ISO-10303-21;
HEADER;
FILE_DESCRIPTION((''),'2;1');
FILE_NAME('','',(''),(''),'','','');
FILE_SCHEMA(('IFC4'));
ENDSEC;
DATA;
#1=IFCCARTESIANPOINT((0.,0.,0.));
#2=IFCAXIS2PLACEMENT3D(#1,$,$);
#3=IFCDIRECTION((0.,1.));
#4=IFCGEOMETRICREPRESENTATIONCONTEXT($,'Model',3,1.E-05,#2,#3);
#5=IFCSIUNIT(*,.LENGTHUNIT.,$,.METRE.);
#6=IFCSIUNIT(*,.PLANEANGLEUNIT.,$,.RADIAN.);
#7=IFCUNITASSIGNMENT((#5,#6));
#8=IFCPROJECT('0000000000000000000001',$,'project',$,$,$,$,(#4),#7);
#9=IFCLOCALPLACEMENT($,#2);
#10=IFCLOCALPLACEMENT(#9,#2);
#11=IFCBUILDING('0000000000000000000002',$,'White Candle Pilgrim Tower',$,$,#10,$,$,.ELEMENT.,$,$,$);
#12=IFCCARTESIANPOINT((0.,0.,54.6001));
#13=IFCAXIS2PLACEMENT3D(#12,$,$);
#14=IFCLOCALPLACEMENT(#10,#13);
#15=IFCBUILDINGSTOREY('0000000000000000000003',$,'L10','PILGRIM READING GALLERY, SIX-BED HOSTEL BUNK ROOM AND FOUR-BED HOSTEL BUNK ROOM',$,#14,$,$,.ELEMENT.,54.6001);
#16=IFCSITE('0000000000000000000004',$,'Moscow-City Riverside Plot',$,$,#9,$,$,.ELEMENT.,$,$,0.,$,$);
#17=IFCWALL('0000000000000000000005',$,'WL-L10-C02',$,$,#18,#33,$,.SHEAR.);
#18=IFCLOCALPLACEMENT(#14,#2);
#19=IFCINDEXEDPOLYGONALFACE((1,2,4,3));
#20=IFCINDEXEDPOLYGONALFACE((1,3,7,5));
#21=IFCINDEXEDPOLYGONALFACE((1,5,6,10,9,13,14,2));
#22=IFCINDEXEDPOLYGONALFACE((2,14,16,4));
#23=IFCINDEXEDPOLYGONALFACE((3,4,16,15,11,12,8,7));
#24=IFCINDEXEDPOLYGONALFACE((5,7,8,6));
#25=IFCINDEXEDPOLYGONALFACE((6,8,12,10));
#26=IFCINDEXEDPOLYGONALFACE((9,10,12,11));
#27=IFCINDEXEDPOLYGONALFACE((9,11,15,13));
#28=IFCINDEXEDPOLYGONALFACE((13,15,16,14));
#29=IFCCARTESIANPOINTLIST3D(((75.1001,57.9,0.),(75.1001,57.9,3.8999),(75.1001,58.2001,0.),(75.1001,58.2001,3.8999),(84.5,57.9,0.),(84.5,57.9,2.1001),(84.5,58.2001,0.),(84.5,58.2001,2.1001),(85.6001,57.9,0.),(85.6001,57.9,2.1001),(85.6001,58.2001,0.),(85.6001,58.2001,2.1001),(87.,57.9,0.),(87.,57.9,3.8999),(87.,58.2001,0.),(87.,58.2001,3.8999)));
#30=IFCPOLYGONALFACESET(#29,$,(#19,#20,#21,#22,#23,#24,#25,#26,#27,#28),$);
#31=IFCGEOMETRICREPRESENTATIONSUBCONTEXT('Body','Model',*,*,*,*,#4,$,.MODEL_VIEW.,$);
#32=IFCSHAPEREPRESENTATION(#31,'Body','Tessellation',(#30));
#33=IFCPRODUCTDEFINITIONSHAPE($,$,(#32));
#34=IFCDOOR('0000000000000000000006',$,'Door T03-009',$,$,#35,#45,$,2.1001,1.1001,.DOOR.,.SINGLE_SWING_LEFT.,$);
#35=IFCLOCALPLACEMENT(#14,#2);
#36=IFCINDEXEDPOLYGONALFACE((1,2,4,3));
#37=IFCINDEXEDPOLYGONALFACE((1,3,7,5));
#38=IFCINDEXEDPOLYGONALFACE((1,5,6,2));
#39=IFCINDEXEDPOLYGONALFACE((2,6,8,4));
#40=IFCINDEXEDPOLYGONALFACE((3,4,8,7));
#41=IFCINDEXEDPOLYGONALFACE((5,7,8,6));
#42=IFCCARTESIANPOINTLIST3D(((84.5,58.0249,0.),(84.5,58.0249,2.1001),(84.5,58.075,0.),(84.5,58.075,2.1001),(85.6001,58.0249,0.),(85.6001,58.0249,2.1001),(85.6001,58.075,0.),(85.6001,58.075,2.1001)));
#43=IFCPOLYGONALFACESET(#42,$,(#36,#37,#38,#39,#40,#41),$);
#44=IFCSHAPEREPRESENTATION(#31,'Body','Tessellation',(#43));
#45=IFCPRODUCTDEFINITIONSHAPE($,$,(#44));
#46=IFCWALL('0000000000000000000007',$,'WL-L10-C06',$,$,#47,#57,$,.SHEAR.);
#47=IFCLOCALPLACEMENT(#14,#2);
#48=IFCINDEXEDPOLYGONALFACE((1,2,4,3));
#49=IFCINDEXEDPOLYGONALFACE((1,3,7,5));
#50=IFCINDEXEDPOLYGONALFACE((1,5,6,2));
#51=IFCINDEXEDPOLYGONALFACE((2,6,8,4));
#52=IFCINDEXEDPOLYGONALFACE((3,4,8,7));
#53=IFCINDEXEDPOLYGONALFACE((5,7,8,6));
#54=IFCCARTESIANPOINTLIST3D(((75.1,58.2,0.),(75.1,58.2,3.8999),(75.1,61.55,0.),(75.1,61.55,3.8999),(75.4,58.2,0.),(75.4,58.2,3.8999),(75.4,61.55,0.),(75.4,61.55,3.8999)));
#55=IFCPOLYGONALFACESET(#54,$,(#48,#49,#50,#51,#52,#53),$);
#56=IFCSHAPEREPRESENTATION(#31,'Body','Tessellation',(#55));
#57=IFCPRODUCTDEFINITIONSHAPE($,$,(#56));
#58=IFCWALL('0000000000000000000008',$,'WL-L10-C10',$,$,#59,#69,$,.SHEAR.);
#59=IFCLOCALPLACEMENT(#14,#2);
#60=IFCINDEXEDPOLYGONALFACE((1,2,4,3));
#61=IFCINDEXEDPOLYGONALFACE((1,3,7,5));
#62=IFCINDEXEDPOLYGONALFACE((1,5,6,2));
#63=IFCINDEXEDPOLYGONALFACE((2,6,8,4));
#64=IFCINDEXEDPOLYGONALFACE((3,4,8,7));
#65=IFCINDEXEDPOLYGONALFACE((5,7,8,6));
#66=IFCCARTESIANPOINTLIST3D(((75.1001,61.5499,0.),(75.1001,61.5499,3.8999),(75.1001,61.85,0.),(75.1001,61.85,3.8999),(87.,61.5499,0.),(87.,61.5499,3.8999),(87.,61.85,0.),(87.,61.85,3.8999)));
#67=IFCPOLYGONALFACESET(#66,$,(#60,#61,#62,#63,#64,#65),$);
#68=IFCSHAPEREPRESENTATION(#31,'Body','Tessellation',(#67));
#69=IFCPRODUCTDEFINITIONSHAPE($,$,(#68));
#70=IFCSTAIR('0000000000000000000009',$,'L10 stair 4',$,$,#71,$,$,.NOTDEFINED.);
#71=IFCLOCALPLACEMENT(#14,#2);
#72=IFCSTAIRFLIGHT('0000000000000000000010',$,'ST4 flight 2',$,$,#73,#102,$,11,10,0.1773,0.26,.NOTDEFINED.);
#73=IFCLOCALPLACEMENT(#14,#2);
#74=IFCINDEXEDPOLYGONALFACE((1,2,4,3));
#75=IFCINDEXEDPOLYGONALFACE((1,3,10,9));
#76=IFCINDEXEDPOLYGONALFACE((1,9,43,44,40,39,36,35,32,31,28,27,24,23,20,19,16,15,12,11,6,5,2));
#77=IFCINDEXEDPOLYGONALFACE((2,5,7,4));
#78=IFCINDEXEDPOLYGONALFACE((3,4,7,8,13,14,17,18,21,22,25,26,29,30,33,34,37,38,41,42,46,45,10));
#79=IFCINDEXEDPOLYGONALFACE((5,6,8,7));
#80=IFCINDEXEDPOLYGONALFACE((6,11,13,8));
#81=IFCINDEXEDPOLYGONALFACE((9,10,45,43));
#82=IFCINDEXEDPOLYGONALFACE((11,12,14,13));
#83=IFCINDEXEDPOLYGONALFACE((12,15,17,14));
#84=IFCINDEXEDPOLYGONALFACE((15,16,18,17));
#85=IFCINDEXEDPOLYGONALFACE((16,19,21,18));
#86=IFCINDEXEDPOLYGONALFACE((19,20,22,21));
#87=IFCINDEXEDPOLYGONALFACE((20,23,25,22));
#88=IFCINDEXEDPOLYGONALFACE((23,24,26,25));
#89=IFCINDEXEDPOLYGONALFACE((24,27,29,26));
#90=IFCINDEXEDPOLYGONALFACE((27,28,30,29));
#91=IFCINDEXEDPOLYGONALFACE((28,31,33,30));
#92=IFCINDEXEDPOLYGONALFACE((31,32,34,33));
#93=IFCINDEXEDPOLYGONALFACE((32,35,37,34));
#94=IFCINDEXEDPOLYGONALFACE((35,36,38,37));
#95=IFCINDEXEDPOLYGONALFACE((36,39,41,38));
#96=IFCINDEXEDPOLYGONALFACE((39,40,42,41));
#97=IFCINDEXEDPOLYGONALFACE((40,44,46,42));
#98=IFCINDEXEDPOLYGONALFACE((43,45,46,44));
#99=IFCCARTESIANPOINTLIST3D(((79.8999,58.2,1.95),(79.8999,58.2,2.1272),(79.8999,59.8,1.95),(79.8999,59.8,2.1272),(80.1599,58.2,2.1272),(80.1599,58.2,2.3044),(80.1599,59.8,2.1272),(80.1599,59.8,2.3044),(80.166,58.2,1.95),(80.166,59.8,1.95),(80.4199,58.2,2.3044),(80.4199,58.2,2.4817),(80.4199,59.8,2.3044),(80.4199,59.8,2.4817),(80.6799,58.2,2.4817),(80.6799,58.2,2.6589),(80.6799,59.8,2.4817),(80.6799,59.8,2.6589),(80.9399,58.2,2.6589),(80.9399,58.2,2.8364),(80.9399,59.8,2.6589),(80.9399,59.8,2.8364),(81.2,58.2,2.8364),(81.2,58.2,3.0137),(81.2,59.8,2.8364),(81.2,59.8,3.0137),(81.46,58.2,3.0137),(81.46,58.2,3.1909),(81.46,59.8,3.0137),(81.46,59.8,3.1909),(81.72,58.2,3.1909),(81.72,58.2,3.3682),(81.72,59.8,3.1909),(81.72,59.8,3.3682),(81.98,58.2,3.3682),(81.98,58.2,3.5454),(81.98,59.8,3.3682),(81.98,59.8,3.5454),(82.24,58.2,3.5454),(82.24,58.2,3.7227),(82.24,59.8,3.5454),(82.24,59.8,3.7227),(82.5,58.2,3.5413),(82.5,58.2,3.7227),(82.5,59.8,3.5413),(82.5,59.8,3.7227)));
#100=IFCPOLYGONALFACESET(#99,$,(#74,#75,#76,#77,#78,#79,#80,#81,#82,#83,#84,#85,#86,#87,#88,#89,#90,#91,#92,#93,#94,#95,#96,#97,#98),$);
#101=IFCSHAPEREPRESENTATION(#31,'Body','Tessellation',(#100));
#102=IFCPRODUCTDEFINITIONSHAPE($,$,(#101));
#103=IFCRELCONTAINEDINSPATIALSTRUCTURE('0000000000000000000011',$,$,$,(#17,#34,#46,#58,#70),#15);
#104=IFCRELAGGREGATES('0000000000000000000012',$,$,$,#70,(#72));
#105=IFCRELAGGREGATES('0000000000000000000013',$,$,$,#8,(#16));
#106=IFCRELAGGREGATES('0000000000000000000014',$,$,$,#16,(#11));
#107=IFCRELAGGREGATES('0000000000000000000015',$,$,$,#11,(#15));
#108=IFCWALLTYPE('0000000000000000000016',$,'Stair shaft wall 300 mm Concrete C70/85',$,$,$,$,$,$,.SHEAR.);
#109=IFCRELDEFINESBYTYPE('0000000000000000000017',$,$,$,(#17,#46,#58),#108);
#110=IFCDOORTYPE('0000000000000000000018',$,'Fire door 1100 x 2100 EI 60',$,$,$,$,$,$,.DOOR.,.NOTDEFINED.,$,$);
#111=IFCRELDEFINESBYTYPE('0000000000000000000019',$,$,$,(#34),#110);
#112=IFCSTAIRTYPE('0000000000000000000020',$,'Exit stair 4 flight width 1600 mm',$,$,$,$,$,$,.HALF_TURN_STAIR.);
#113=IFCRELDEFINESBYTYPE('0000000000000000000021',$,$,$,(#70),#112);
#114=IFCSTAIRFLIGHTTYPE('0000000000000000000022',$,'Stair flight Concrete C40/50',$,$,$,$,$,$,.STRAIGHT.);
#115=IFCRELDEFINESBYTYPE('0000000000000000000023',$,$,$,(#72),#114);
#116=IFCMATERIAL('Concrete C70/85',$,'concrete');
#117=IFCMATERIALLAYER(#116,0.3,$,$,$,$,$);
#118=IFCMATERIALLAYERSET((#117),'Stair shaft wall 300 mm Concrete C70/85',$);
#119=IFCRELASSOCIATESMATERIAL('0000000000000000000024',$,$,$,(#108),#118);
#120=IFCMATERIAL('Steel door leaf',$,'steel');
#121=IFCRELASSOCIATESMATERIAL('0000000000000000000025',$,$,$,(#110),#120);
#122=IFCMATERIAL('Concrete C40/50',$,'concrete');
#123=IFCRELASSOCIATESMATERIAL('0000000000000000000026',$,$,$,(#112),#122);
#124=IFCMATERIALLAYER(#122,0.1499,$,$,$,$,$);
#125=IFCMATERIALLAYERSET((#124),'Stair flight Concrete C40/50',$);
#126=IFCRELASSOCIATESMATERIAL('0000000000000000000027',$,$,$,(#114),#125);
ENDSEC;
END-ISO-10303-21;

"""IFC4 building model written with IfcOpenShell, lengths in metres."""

from ifc_helpers import new_model, si_unit, direction, frame, frame_2d, origin, place, context, subcontext, project, spatial, polyline, rectangle, outline, extrude, material, layer, layer_set, type_object, element, fill, aggregate, save


model = new_model("IFC4")

# Units and contexts
model_context = context("Model", 3, precision=1e-05, world=origin(), true_north=direction((0.0, 1.0)))
body_context = subcontext(model_context, "Body", "Model", "MODEL_VIEW")
ifc_project = project(units=[si_unit("LENGTHUNIT", "METRE"), si_unit("PLANEANGLEUNIT", "RADIAN")], contexts=[model_context])

# Site, building, storey
site_placement = place(None, origin())
site = spatial("IfcSite", under=ifc_project, at=site_placement, Name="Moscow-City Riverside Plot", CompositionType="ELEMENT", RefElevation=0.0)
building_placement = place(site_placement, origin())
building = spatial("IfcBuilding", under=site, at=building_placement, Name="White Candle Pilgrim Tower", CompositionType="ELEMENT")
storey_placement = place(building_placement, frame((0.0, 0.0, 54.6001)))
storey = spatial("IfcBuildingStorey", under=building, at=storey_placement, Name="L10", Description="PILGRIM READING GALLERY, SIX-BED HOSTEL BUNK ROOM AND FOUR-BED HOSTEL BUNK ROOM", CompositionType="ELEMENT", Elevation=54.6001)

# Wall, opening, door
ifc_material_1 = material(Name="Concrete C70/85", Category="concrete")
ifc_layer_1 = layer(ifc_material_1, 0.3)
ifc_layer_set_1 = layer_set([ifc_layer_1], Name="Stair shaft wall 300 mm Concrete C70/85")
wall_type_1 = type_object("IfcWallType", Name="Stair shaft wall 300 mm Concrete C70/85", PredefinedType="SHEAR", material=ifc_layer_set_1)
wall_1_placement = place(storey_placement, frame((75.1001, 58.05, 0.0), z_axis=(0.0, 0.0, 1.0), x_axis=(1.0, 0.0, 0.0)))
wall_1 = element("IfcWall", 1, at=wall_1_placement, inside=storey, type_object=wall_type_1, Name="WL-L10-C02", PredefinedType="SHEAR", context=body_context, shape_type="SweptSolid", body=[
    extrude(rectangle(XDim=11.8999, YDim=0.3, at=frame_2d((5.95, 0.0))), origin(), (0.0, 0.0, 1.0), 3.8999),
])
opening_placement = place(wall_1_placement, frame((9.3999, 0.0, 0.0)))
opening = element("IfcOpeningElement", 2, at=opening_placement, cuts=wall_1, PredefinedType="OPENING", context=body_context, shape_type="SweptSolid", body=[
    extrude(rectangle(XDim=1.1001, YDim=2.1001, at=frame_2d((0.55, 1.05))), frame((0.0, 0.1599, 0.0), z_axis=(0.0, -1.0, 0.0), x_axis=(1.0, 0.0, 0.0)), (0.0, 0.0, 1.0), 0.3201),
])
ifc_material_2 = material(Name="Steel door leaf", Category="steel")
door_type = type_object("IfcDoorType", Name="Fire door 1100 x 2100 EI 60", OperationType="NOTDEFINED", PredefinedType="DOOR", material=ifc_material_2)
door_placement = place(opening_placement, origin())
door = element("IfcDoor", 3, at=door_placement, inside=storey, type_object=door_type, Name="Door T03-009", OperationType="SINGLE_SWING_LEFT", OverallHeight=2.1001, OverallWidth=1.1001, PredefinedType="DOOR", context=body_context, shape_type="SweptSolid", body=[
    extrude(rectangle(XDim=1.1001, YDim=2.1001, at=frame_2d((0.55, 1.05))), frame((0.0, 0.0249, 0.0), z_axis=(0.0, -1.0, 0.0), x_axis=(1.0, 0.0, 0.0)), (0.0, 0.0, 1.0), 0.05),
])
fill(opening, door)

# Walls
wall_2_placement = place(storey_placement, frame((75.25, 58.2, 0.0), z_axis=(0.0, 0.0, 1.0), x_axis=(0.0, 1.0, 0.0)))
element("IfcWall", 4, at=wall_2_placement, inside=storey, type_object=wall_type_1, Name="WL-L10-C06", PredefinedType="SHEAR", context=body_context, shape_type="SweptSolid", body=[
    extrude(rectangle(XDim=3.3501, YDim=0.3, at=frame_2d((1.675, 0.0))), origin(), (0.0, 0.0, 1.0), 3.8999),
])
wall_3_placement = place(storey_placement, frame((75.1001, 61.7, 0.0), z_axis=(0.0, 0.0, 1.0), x_axis=(1.0, 0.0, 0.0)))
element("IfcWall", 5, at=wall_3_placement, inside=storey, type_object=wall_type_1, Name="WL-L10-C10", PredefinedType="SHEAR", context=body_context, shape_type="SweptSolid", body=[
    extrude(rectangle(XDim=11.8999, YDim=0.3, at=frame_2d((5.95, 0.0))), origin(), (0.0, 0.0, 1.0), 3.8999),
])

# Stair, stair flight
ifc_material_3 = material(Name="Concrete C40/50", Category="concrete")
stair_type = type_object("IfcStairType", Name="Exit stair 4 flight width 1600 mm", PredefinedType="HALF_TURN_STAIR", material=ifc_material_3)
stair_placement = place(storey_placement, origin())
stair = element("IfcStair", 6, at=stair_placement, inside=storey, type_object=stair_type, Name="L10 stair 4", PredefinedType="NOTDEFINED")
ifc_layer_2 = layer(ifc_material_3, 0.1499)
ifc_layer_set_2 = layer_set([ifc_layer_2], Name="Stair flight Concrete C40/50")
stair_flight_type = type_object("IfcStairFlightType", Name="Stair flight Concrete C40/50", PredefinedType="STRAIGHT", material=ifc_layer_set_2)
stair_flight_placement = place(storey_placement, frame((79.8999, 59.0, 1.95), z_axis=(0.0, 0.0, 1.0), x_axis=(1.0, 0.0, 0.0)))
stair_flight = element("IfcStairFlight", 7, at=stair_flight_placement, type_object=stair_flight_type, Name="ST4 flight 2", NumberOfRisers=11, NumberOfTreads=10, PredefinedType="NOTDEFINED", RiserHeight=0.1773, TreadLength=0.26, context=body_context, shape_type="SweptSolid", body=[
    extrude(outline(polyline([(0.0, 0.0), (0.0, 0.1772), (0.26, 0.1772), (0.26, 0.3545), (0.52, 0.3545), (0.52, 0.5317), (0.78, 0.5317), (0.78, 0.709), (1.04, 0.709), (1.04, 0.8865), (1.3, 0.8865), (1.3, 1.0637), (1.5601, 1.0637), (1.5601, 1.241), (1.8201, 1.241), (1.8201, 1.4182), (2.0801, 1.4182), (2.0801, 1.5955), (2.3401, 1.5955), (2.3401, 1.7727), (2.6001, 1.7727), (2.6001, 1.95), (2.6001, 1.5913), (0.2661, 0.0), (0.0, 0.0)])), frame((0.0, 0.8, 0.0), z_axis=(0.0, -1.0, 0.0), x_axis=(1.0, 0.0, 0.0)), (0.0, 0.0, 1.0), 1.6001),
])
aggregate(stair, [stair_flight])

save(model, "model.ifc")
